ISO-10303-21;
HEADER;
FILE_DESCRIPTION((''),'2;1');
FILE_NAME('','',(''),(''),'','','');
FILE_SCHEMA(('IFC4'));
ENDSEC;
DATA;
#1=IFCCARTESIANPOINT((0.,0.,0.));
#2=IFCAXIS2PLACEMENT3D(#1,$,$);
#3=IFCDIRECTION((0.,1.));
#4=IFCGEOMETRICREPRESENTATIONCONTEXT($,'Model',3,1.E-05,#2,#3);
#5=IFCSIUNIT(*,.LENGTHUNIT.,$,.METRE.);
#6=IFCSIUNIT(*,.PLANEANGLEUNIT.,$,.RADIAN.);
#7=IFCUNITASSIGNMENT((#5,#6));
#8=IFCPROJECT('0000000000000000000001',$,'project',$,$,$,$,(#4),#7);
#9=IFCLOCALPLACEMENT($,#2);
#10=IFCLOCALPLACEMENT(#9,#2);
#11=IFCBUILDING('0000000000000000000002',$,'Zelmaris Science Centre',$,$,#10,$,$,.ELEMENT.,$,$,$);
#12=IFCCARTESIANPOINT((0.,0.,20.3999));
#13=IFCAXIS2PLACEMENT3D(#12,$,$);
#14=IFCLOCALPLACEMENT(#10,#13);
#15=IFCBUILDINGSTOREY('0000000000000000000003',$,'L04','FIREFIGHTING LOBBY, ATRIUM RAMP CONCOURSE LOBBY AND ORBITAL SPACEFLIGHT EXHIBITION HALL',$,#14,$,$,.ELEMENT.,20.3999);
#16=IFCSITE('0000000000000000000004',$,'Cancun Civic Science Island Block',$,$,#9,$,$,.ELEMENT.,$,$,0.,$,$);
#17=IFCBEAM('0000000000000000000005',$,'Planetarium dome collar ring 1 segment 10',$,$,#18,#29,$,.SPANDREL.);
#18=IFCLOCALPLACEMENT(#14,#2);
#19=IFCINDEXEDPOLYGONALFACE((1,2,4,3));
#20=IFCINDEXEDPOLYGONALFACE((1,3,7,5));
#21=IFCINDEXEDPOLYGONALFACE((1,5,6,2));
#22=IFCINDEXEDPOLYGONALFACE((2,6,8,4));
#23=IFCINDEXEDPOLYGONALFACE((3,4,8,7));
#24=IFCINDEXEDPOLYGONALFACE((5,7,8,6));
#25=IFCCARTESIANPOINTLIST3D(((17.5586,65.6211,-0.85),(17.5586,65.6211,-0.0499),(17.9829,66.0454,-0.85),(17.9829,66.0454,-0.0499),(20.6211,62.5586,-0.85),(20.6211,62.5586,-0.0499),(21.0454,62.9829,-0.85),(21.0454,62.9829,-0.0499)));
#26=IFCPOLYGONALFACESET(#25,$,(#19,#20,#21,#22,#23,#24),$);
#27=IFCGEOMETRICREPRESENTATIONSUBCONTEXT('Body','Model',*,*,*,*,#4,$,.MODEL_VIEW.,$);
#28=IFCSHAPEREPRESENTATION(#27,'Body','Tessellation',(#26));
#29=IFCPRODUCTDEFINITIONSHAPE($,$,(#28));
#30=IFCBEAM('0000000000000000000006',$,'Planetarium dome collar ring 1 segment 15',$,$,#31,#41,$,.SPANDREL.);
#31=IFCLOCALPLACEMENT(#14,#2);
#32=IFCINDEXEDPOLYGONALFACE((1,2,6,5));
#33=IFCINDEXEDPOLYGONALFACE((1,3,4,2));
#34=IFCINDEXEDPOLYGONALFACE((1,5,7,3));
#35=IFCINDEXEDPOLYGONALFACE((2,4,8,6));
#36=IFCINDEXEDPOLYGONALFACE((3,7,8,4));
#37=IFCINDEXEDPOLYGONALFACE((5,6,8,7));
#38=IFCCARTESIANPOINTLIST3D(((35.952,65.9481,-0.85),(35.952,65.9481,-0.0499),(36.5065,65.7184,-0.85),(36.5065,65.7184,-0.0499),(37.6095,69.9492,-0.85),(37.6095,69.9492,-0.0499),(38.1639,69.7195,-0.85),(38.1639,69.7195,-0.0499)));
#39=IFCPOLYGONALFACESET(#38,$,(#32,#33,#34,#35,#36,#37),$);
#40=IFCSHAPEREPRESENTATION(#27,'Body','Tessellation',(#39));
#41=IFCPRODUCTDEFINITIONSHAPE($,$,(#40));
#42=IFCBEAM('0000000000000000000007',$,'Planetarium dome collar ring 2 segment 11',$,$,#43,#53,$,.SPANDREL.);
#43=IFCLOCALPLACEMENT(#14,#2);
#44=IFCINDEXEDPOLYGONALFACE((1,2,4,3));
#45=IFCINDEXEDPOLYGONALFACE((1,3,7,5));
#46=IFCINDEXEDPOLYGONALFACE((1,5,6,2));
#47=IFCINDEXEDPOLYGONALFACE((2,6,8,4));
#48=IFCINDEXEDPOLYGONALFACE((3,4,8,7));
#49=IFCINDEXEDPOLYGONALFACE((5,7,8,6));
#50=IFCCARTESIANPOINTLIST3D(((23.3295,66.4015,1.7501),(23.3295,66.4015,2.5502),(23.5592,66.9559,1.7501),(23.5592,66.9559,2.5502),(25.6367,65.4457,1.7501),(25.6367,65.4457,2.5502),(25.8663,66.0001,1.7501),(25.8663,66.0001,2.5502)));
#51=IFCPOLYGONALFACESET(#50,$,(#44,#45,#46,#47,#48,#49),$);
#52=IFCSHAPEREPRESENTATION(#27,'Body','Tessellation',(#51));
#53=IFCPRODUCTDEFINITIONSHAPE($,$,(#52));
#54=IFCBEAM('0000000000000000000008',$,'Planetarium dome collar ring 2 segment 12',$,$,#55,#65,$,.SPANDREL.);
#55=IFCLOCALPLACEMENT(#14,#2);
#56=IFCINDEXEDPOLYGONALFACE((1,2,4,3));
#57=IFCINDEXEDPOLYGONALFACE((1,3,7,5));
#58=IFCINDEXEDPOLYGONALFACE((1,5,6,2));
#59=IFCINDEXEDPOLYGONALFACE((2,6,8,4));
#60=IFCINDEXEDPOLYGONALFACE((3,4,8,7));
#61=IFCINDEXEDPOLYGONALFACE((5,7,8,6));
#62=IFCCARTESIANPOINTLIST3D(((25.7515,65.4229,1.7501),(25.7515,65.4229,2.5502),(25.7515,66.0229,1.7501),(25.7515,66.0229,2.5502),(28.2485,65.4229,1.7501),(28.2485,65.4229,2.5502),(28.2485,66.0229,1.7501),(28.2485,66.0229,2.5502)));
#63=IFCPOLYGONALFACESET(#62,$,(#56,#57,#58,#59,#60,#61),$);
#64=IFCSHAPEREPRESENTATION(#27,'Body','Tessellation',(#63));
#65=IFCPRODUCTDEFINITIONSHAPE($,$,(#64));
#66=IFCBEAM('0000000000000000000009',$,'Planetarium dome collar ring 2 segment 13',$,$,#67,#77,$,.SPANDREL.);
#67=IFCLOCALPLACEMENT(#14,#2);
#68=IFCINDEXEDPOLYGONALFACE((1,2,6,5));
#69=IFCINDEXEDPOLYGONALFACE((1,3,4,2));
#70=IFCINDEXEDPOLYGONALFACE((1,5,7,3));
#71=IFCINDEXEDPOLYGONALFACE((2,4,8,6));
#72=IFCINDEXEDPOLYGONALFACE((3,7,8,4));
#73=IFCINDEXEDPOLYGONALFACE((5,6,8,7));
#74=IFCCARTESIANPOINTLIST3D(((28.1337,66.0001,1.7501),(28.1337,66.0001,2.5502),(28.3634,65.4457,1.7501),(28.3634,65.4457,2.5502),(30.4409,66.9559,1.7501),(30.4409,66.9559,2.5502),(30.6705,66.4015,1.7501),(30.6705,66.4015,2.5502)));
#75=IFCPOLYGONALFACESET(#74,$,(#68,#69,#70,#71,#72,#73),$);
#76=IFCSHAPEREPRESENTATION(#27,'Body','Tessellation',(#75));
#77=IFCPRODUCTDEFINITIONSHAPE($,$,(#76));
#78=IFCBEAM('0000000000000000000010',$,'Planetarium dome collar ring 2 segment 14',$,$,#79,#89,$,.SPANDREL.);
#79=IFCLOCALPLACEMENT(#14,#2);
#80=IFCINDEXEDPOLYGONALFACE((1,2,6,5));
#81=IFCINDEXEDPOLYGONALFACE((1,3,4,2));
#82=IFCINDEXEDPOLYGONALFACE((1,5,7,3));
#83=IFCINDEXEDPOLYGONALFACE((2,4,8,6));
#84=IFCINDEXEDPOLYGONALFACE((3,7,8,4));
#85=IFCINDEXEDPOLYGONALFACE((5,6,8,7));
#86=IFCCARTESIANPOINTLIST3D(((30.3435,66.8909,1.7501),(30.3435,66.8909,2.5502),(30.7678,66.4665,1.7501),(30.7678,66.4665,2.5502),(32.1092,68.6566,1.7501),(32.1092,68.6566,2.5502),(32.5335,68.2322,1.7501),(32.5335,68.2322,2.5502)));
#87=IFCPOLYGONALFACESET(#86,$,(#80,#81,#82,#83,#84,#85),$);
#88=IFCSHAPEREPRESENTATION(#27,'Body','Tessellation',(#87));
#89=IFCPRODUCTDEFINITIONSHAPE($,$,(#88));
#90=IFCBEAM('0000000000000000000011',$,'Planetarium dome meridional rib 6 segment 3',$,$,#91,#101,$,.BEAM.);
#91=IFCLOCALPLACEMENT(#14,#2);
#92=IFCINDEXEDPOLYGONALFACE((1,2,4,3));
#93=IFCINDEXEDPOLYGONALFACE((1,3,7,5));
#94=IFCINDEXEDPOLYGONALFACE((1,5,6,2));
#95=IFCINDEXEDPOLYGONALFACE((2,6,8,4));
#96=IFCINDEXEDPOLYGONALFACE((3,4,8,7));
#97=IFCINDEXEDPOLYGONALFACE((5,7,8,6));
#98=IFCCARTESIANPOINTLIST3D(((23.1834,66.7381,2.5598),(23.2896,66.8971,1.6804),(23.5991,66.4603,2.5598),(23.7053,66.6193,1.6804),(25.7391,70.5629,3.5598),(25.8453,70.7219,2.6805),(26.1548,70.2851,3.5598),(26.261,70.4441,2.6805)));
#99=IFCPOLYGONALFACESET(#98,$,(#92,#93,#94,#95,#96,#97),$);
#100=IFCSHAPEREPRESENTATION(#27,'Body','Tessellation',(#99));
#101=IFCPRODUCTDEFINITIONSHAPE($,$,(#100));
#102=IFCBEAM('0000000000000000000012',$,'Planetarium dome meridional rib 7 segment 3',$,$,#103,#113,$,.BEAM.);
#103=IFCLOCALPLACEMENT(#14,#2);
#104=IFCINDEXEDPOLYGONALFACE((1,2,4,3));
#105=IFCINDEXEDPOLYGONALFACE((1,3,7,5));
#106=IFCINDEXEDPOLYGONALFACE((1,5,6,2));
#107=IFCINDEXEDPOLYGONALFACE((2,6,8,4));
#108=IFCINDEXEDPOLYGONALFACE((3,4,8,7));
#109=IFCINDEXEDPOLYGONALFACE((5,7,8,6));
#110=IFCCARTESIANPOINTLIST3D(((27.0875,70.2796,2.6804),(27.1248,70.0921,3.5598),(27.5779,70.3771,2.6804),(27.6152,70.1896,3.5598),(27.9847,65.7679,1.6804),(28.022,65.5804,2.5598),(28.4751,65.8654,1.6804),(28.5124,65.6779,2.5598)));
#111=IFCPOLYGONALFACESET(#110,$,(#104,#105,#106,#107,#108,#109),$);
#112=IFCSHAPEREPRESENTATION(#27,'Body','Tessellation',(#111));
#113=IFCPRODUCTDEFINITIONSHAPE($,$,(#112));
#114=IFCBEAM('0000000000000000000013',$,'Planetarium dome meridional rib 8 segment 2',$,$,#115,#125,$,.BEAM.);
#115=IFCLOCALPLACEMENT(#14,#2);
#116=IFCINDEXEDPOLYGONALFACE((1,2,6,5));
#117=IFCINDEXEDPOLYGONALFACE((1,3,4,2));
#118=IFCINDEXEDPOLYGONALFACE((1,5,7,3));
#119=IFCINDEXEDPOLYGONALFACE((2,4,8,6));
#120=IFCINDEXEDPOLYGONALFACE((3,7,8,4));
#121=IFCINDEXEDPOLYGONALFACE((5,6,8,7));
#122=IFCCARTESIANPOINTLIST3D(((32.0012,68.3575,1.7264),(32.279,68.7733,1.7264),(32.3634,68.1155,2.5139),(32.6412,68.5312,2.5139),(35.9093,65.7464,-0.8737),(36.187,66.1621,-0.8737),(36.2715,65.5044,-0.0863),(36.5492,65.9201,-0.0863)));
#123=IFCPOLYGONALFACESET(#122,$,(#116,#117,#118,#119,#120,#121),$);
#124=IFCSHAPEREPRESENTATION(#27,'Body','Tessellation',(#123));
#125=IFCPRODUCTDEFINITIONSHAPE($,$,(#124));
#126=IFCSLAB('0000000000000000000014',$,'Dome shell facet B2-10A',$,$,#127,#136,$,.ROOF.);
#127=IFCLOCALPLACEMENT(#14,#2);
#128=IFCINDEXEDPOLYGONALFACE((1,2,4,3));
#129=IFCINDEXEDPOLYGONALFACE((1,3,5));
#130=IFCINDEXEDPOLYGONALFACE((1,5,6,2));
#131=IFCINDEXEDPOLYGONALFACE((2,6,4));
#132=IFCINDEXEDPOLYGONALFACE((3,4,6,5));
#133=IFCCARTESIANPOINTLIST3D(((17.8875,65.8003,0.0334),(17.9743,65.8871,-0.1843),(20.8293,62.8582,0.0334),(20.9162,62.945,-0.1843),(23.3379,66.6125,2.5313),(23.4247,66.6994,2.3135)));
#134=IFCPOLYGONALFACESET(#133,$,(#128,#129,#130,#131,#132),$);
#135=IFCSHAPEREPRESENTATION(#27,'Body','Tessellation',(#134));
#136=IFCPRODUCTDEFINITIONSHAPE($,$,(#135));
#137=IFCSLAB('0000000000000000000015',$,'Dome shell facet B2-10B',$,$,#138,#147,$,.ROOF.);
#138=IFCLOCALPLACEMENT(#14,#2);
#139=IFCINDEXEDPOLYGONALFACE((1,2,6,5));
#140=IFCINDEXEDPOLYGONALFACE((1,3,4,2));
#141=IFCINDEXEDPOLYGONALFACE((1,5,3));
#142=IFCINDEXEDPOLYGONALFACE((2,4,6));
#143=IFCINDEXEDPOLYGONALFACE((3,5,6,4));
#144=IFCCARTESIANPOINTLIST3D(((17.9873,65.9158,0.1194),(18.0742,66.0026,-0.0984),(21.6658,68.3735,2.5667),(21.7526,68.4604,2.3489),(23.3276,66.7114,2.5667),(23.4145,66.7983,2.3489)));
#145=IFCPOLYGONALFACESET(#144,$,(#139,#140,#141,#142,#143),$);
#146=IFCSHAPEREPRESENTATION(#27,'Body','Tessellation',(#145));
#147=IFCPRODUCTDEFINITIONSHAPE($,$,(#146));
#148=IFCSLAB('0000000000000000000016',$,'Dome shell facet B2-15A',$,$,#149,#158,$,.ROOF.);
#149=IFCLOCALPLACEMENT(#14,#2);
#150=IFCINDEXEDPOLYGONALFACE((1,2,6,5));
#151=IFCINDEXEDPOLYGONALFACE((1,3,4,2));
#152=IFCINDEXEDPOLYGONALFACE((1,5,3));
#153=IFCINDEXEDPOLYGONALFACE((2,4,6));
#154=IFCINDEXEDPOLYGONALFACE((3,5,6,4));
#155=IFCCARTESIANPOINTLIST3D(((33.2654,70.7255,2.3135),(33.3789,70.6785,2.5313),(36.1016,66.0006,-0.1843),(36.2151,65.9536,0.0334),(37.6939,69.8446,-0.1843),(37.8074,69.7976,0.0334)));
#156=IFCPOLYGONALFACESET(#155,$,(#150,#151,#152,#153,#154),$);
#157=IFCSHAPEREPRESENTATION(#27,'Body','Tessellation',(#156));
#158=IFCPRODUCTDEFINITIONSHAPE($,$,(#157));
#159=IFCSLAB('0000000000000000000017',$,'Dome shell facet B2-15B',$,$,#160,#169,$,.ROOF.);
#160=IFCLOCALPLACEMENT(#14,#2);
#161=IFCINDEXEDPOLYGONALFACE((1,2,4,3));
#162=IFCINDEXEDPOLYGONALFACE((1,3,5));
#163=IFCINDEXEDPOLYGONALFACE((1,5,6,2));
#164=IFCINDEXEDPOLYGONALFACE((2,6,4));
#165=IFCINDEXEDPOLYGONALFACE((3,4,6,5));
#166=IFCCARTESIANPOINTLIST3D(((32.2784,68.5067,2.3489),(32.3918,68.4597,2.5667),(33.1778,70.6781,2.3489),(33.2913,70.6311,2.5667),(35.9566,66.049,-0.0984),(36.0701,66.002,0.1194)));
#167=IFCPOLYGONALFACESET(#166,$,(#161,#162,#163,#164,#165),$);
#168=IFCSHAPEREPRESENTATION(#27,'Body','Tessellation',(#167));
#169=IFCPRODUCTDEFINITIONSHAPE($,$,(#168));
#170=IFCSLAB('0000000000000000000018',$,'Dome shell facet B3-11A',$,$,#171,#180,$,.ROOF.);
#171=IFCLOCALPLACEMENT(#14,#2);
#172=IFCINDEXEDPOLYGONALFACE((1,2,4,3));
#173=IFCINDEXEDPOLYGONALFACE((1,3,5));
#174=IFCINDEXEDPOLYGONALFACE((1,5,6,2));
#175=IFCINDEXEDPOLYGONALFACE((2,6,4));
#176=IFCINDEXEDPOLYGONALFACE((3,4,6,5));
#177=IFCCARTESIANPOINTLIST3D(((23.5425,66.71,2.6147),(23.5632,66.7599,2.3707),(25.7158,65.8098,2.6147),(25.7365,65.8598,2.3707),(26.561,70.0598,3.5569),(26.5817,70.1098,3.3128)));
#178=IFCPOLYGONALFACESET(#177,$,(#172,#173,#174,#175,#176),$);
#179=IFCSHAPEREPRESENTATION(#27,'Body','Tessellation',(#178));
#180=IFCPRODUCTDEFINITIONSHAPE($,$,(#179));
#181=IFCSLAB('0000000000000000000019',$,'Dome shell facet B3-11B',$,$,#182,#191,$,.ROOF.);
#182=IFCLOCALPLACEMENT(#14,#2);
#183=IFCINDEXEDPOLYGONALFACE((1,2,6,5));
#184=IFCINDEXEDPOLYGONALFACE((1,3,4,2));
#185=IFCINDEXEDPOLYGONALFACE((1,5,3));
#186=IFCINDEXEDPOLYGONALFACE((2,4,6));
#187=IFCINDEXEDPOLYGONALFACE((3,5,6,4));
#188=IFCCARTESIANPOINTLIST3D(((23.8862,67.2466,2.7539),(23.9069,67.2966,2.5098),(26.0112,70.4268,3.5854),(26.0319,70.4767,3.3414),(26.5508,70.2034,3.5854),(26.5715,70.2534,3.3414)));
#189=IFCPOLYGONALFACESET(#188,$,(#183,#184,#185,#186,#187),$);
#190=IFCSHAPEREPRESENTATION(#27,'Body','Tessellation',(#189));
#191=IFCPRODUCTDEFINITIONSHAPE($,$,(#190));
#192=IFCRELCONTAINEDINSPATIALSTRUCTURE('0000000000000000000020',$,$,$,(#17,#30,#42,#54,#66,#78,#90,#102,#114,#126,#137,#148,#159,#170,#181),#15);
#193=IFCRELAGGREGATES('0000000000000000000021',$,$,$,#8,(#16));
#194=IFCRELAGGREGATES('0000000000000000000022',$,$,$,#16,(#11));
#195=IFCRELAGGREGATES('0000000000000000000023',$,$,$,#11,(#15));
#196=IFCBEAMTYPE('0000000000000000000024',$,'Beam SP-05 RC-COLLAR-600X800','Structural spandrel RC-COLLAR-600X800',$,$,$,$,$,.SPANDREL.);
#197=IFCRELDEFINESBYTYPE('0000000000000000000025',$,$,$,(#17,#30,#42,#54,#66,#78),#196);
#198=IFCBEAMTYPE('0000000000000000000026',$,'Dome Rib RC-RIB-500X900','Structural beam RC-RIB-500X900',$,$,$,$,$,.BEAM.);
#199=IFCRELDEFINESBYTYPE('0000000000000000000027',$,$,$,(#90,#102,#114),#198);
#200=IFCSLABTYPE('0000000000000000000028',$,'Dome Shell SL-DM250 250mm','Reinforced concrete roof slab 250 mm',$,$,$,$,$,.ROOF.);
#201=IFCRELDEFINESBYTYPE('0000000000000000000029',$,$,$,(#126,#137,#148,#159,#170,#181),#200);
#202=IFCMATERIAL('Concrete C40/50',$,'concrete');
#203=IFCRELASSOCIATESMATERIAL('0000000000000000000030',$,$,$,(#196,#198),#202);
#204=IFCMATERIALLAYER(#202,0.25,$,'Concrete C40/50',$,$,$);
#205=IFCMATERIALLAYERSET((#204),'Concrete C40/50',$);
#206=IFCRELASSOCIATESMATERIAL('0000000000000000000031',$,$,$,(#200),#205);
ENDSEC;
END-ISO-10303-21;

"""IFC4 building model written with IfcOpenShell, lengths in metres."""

from ifc_helpers import new_model, si_unit, direction, frame, origin, origin_2d, place, context, subcontext, project, spatial, polyline, rectangle, outline, extrude, material, layer, layer_set, material_profile, profile_set, type_object, element, save


model = new_model("IFC4")

# Units and contexts
model_context = context("Model", 3, precision=1e-05, world=origin(), true_north=direction((0.0, 1.0)))
body_context = subcontext(model_context, "Body", "Model", "MODEL_VIEW")
ifc_project = project(units=[si_unit("LENGTHUNIT", "METRE"), si_unit("PLANEANGLEUNIT", "RADIAN")], contexts=[model_context])

# Site, building, storey
site_placement = place(None, origin())
site = spatial("IfcSite", under=ifc_project, at=site_placement, Name="Cancun Civic Science Island Block", CompositionType="ELEMENT", RefElevation=0.0)
building_placement = place(site_placement, origin())
building = spatial("IfcBuilding", under=site, at=building_placement, Name="Zelmaris Science Centre", CompositionType="ELEMENT")
storey_placement = place(building_placement, frame((0.0, 0.0, 20.3999)))
storey = spatial("IfcBuildingStorey", under=building, at=storey_placement, Name="L04", Description="FIREFIGHTING LOBBY, ATRIUM RAMP CONCOURSE LOBBY AND ORBITAL SPACEFLIGHT EXHIBITION HALL", CompositionType="ELEMENT", Elevation=20.3999)

# Beams
ifc_material_1 = material(Name="Concrete C40/50", Category="concrete")
ifc_material_profile_1 = material_profile(ifc_material_1, rectangle(XDim=0.6001, YDim=0.8, at=origin_2d()), Name="RC-COLLAR-600X800")
ifc_profile_set_1 = profile_set([ifc_material_profile_1], Name="Concrete C40/50")
beam_type_1 = type_object("IfcBeamType", Name="Beam SP-05 RC-COLLAR-600X800", Description="Structural spandrel RC-COLLAR-600X800", PredefinedType="SPANDREL", material=ifc_profile_set_1)
beam_1_placement = place(storey_placement, frame((17.7708, 65.8333, -0.45), z_axis=(0.707107, -0.707107, 0.0), x_axis=(0.707107, 0.707107, 0.0)))
element("IfcBeam", 1, at=beam_1_placement, inside=storey, type_object=beam_type_1, Name="Planetarium dome collar ring 1 segment 10", PredefinedType="SPANDREL", context=body_context, shape_type="SweptSolid", body=[
    extrude(rectangle(XDim=0.6001, YDim=0.8, at=origin_2d()), origin(), (0.0, 0.0, 1.0), 4.3311),
])
beam_2_placement = place(storey_placement, frame((36.2292, 65.8333, -0.45), z_axis=(0.382705, 0.92387, 0.0), x_axis=(-0.92387, 0.382705, 0.0)))
element("IfcBeam", 2, at=beam_2_placement, inside=storey, type_object=beam_type_1, Name="Planetarium dome collar ring 1 segment 15", PredefinedType="SPANDREL", context=body_context, shape_type="SweptSolid", body=[
    extrude(rectangle(XDim=0.6001, YDim=0.8, at=origin_2d()), origin(), (0.0, 0.0, 1.0), 4.3308),
])
beam_3_placement = place(storey_placement, frame((23.4443, 66.6787, 2.1501), z_axis=(0.923856, -0.38274, 0.0), x_axis=(0.38274, 0.923856, 0.0)))
element("IfcBeam", 3, at=beam_3_placement, inside=storey, type_object=beam_type_1, Name="Planetarium dome collar ring 2 segment 11", PredefinedType="SPANDREL", context=body_context, shape_type="SweptSolid", body=[
    extrude(rectangle(XDim=0.6001, YDim=0.8, at=origin_2d()), origin(), (0.0, 0.0, 1.0), 2.4973),
])
beam_4_placement = place(storey_placement, frame((25.7515, 65.7229, 2.1501), z_axis=(1.0, 0.0, 0.0), x_axis=(0.0, 1.0, 0.0)))
element("IfcBeam", 4, at=beam_4_placement, inside=storey, type_object=beam_type_1, Name="Planetarium dome collar ring 2 segment 12", PredefinedType="SPANDREL", context=body_context, shape_type="SweptSolid", body=[
    extrude(rectangle(XDim=0.6001, YDim=0.8, at=origin_2d()), origin(), (0.0, 0.0, 1.0), 2.4971),
])
beam_5_placement = place(storey_placement, frame((28.2485, 65.7229, 2.1501), z_axis=(0.923856, 0.38274, 0.0), x_axis=(-0.38274, 0.923856, 0.0)))
element("IfcBeam", 5, at=beam_5_placement, inside=storey, type_object=beam_type_1, Name="Planetarium dome collar ring 2 segment 13", PredefinedType="SPANDREL", context=body_context, shape_type="SweptSolid", body=[
    extrude(rectangle(XDim=0.6001, YDim=0.8, at=origin_2d()), origin(), (0.0, 0.0, 1.0), 2.4973),
])
beam_6_placement = place(storey_placement, frame((30.5557, 66.6787, 2.1501), z_axis=(0.707107, 0.707107, 0.0), x_axis=(-0.707107, 0.707107, 0.0)))
element("IfcBeam", 6, at=beam_6_placement, inside=storey, type_object=beam_type_1, Name="Planetarium dome collar ring 2 segment 14", PredefinedType="SPANDREL", context=body_context, shape_type="SweptSolid", body=[
    extrude(rectangle(XDim=0.6001, YDim=0.8, at=origin_2d()), origin(), (0.0, 0.0, 1.0), 2.4971),
])
ifc_material_profile_2 = material_profile(ifc_material_1, rectangle(XDim=0.5, YDim=0.8999, at=origin_2d()), Name="RC-RIB-500X900")
ifc_profile_set_2 = profile_set([ifc_material_profile_2], Name="Concrete C40/50")
beam_type_2 = type_object("IfcBeamType", Name="Dome Rib RC-RIB-500X900", Description="Structural beam RC-RIB-500X900", PredefinedType="BEAM", material=ifc_profile_set_2)
for number, where, z_axis, x_axis, name in (
    (7, (23.4443, 66.6787, 2.1201), (0.542901, 0.812485, 0.212431), (-0.831462, 0.555582, 0.0), "Planetarium dome meridional rib 6 segment 3"),
    (8, (28.2485, 65.7229, 2.1201), (-0.190593, 0.95841, 0.212427), (-0.980794, -0.195044, 0.0), "Planetarium dome meridional rib 7 segment 3"),
):
    element("IfcBeam", number, at=place(storey_placement, frame(where, z_axis=z_axis, x_axis=x_axis)), inside=storey, type_object=beam_type_2, Name=name, PredefinedType="BEAM", context=body_context, shape_type="SweptSolid", body=[
        extrude(rectangle(XDim=0.5, YDim=0.8999, at=origin_2d()), origin(), (0.0, 0.0, 1.0), 4.7075),
    ])
beam_7_placement = place(storey_placement, frame((36.2292, 65.8333, -0.48), z_axis=(-0.727569, 0.486122, 0.484076), x_axis=(-0.555551, -0.831482, 0.0)))
element("IfcBeam", 9, at=beam_7_placement, inside=storey, type_object=beam_type_2, Name="Planetarium dome meridional rib 8 segment 2", PredefinedType="BEAM", context=body_context, shape_type="SweptSolid", body=[
    extrude(rectangle(XDim=0.5, YDim=0.8999, at=origin_2d()), origin(), (0.0, 0.0, 1.0), 5.3713),
])

# Slabs
ifc_layer = layer(ifc_material_1, 0.25, Name="Concrete C40/50")
ifc_layer_set = layer_set([ifc_layer], Name="Concrete C40/50")
slab_type = type_object("IfcSlabType", Name="Dome Shell SL-DM250 250mm", Description="Reinforced concrete roof slab 250 mm", PredefinedType="ROOF", material=ifc_layer_set)
slab_1_placement = place(storey_placement, frame((17.8875, 65.8003, 0.0334), z_axis=(-0.347395, -0.347366, 0.871007), x_axis=(0.707077, -0.707136, 0.0)))
element("IfcSlab", 10, at=slab_1_placement, inside=storey, type_object=slab_type, Name="Dome shell facet B2-10A", PredefinedType="ROOF", context=body_context, shape_type="SweptSolid", body=[
    extrude(outline(polyline([(0.0, 0.0), (4.1606, 0.0), (3.2795, 5.0844), (0.0, 0.0)])), origin(), (0.0, 0.0, -1.0), 0.25),
])
slab_2_placement = place(storey_placement, frame((17.9873, 65.9158, 0.1194), z_axis=(-0.3474, -0.347349, 0.871012), x_axis=(0.900864, 0.134219, 0.412831)))
element("IfcSlab", 11, at=slab_2_placement, inside=storey, type_object=slab_type, Name="Dome shell facet B2-10B", PredefinedType="ROOF", context=body_context, shape_type="SweptSolid", body=[
    extrude(outline(polyline([(0.0, 0.0), (5.928, 0.0), (4.654, 1.9752), (0.0, 0.0)])), origin(), (0.0, 0.0, -1.0), 0.25),
])
slab_3_placement = place(storey_placement, frame((36.2151, 65.9536, 0.0334), z_axis=(0.453878, -0.188009, 0.871003), x_axis=(0.382694, 0.923875, 0.0)))
element("IfcSlab", 12, at=slab_3_placement, inside=storey, type_object=slab_type, Name="Dome shell facet B2-15A", PredefinedType="ROOF", context=body_context, shape_type="SweptSolid", body=[
    extrude(outline(polyline([(0.0, 0.0), (4.1607, 0.0), (3.2798, 5.0843), (0.0, 0.0)])), origin(), (0.0, 0.0, -1.0), 0.25),
])
slab_4_placement = place(storey_placement, frame((36.0701, 66.002, 0.1194), z_axis=(0.453887, -0.188005, 0.871), x_axis=(-0.468768, 0.78091, 0.412839)))
element("IfcSlab", 13, at=slab_4_placement, inside=storey, type_object=slab_type, Name="Dome shell facet B2-15B", PredefinedType="ROOF", context=body_context, shape_type="SweptSolid", body=[
    extrude(outline(polyline([(0.0, 0.0), (5.9279, 0.0), (4.6539, 1.975), (0.0, 0.0)])), origin(), (0.0, 0.0, -1.0), 0.25),
])
slab_5_placement = place(storey_placement, frame((23.5425, 66.71, 2.6147), z_axis=(-0.082817, -0.199955, 0.976299), x_axis=(0.923892, -0.382654, 0.0)))
element("IfcSlab", 14, at=slab_5_placement, inside=storey, type_object=slab_type, Name="Dome shell facet B3-11A", PredefinedType="ROOF", context=body_context, shape_type="SweptSolid", body=[
    extrude(outline(polyline([(0.0, 0.0), (2.3524, 0.0), (1.507, 4.3531), (0.0, 0.0)])), origin(), (0.0, 0.0, -1.0), 0.25),
])
slab_6_placement = place(storey_placement, frame((23.8862, 67.2466, 2.7539), z_axis=(-0.082789, -0.19996, 0.9763), x_axis=(0.655295, 0.727164, 0.204502)))
element("IfcSlab", 15, at=slab_6_placement, inside=storey, type_object=slab_type, Name="Dome shell facet B3-11B", PredefinedType="ROOF", context=body_context, shape_type="SweptSolid", body=[
    extrude(outline(polyline([(0.0, 0.0), (4.0662, 0.0), (3.8751, 0.5518), (0.0, 0.0)])), origin(), (0.0, 0.0, -1.0), 0.25),
])

save(model, "model.ifc")
